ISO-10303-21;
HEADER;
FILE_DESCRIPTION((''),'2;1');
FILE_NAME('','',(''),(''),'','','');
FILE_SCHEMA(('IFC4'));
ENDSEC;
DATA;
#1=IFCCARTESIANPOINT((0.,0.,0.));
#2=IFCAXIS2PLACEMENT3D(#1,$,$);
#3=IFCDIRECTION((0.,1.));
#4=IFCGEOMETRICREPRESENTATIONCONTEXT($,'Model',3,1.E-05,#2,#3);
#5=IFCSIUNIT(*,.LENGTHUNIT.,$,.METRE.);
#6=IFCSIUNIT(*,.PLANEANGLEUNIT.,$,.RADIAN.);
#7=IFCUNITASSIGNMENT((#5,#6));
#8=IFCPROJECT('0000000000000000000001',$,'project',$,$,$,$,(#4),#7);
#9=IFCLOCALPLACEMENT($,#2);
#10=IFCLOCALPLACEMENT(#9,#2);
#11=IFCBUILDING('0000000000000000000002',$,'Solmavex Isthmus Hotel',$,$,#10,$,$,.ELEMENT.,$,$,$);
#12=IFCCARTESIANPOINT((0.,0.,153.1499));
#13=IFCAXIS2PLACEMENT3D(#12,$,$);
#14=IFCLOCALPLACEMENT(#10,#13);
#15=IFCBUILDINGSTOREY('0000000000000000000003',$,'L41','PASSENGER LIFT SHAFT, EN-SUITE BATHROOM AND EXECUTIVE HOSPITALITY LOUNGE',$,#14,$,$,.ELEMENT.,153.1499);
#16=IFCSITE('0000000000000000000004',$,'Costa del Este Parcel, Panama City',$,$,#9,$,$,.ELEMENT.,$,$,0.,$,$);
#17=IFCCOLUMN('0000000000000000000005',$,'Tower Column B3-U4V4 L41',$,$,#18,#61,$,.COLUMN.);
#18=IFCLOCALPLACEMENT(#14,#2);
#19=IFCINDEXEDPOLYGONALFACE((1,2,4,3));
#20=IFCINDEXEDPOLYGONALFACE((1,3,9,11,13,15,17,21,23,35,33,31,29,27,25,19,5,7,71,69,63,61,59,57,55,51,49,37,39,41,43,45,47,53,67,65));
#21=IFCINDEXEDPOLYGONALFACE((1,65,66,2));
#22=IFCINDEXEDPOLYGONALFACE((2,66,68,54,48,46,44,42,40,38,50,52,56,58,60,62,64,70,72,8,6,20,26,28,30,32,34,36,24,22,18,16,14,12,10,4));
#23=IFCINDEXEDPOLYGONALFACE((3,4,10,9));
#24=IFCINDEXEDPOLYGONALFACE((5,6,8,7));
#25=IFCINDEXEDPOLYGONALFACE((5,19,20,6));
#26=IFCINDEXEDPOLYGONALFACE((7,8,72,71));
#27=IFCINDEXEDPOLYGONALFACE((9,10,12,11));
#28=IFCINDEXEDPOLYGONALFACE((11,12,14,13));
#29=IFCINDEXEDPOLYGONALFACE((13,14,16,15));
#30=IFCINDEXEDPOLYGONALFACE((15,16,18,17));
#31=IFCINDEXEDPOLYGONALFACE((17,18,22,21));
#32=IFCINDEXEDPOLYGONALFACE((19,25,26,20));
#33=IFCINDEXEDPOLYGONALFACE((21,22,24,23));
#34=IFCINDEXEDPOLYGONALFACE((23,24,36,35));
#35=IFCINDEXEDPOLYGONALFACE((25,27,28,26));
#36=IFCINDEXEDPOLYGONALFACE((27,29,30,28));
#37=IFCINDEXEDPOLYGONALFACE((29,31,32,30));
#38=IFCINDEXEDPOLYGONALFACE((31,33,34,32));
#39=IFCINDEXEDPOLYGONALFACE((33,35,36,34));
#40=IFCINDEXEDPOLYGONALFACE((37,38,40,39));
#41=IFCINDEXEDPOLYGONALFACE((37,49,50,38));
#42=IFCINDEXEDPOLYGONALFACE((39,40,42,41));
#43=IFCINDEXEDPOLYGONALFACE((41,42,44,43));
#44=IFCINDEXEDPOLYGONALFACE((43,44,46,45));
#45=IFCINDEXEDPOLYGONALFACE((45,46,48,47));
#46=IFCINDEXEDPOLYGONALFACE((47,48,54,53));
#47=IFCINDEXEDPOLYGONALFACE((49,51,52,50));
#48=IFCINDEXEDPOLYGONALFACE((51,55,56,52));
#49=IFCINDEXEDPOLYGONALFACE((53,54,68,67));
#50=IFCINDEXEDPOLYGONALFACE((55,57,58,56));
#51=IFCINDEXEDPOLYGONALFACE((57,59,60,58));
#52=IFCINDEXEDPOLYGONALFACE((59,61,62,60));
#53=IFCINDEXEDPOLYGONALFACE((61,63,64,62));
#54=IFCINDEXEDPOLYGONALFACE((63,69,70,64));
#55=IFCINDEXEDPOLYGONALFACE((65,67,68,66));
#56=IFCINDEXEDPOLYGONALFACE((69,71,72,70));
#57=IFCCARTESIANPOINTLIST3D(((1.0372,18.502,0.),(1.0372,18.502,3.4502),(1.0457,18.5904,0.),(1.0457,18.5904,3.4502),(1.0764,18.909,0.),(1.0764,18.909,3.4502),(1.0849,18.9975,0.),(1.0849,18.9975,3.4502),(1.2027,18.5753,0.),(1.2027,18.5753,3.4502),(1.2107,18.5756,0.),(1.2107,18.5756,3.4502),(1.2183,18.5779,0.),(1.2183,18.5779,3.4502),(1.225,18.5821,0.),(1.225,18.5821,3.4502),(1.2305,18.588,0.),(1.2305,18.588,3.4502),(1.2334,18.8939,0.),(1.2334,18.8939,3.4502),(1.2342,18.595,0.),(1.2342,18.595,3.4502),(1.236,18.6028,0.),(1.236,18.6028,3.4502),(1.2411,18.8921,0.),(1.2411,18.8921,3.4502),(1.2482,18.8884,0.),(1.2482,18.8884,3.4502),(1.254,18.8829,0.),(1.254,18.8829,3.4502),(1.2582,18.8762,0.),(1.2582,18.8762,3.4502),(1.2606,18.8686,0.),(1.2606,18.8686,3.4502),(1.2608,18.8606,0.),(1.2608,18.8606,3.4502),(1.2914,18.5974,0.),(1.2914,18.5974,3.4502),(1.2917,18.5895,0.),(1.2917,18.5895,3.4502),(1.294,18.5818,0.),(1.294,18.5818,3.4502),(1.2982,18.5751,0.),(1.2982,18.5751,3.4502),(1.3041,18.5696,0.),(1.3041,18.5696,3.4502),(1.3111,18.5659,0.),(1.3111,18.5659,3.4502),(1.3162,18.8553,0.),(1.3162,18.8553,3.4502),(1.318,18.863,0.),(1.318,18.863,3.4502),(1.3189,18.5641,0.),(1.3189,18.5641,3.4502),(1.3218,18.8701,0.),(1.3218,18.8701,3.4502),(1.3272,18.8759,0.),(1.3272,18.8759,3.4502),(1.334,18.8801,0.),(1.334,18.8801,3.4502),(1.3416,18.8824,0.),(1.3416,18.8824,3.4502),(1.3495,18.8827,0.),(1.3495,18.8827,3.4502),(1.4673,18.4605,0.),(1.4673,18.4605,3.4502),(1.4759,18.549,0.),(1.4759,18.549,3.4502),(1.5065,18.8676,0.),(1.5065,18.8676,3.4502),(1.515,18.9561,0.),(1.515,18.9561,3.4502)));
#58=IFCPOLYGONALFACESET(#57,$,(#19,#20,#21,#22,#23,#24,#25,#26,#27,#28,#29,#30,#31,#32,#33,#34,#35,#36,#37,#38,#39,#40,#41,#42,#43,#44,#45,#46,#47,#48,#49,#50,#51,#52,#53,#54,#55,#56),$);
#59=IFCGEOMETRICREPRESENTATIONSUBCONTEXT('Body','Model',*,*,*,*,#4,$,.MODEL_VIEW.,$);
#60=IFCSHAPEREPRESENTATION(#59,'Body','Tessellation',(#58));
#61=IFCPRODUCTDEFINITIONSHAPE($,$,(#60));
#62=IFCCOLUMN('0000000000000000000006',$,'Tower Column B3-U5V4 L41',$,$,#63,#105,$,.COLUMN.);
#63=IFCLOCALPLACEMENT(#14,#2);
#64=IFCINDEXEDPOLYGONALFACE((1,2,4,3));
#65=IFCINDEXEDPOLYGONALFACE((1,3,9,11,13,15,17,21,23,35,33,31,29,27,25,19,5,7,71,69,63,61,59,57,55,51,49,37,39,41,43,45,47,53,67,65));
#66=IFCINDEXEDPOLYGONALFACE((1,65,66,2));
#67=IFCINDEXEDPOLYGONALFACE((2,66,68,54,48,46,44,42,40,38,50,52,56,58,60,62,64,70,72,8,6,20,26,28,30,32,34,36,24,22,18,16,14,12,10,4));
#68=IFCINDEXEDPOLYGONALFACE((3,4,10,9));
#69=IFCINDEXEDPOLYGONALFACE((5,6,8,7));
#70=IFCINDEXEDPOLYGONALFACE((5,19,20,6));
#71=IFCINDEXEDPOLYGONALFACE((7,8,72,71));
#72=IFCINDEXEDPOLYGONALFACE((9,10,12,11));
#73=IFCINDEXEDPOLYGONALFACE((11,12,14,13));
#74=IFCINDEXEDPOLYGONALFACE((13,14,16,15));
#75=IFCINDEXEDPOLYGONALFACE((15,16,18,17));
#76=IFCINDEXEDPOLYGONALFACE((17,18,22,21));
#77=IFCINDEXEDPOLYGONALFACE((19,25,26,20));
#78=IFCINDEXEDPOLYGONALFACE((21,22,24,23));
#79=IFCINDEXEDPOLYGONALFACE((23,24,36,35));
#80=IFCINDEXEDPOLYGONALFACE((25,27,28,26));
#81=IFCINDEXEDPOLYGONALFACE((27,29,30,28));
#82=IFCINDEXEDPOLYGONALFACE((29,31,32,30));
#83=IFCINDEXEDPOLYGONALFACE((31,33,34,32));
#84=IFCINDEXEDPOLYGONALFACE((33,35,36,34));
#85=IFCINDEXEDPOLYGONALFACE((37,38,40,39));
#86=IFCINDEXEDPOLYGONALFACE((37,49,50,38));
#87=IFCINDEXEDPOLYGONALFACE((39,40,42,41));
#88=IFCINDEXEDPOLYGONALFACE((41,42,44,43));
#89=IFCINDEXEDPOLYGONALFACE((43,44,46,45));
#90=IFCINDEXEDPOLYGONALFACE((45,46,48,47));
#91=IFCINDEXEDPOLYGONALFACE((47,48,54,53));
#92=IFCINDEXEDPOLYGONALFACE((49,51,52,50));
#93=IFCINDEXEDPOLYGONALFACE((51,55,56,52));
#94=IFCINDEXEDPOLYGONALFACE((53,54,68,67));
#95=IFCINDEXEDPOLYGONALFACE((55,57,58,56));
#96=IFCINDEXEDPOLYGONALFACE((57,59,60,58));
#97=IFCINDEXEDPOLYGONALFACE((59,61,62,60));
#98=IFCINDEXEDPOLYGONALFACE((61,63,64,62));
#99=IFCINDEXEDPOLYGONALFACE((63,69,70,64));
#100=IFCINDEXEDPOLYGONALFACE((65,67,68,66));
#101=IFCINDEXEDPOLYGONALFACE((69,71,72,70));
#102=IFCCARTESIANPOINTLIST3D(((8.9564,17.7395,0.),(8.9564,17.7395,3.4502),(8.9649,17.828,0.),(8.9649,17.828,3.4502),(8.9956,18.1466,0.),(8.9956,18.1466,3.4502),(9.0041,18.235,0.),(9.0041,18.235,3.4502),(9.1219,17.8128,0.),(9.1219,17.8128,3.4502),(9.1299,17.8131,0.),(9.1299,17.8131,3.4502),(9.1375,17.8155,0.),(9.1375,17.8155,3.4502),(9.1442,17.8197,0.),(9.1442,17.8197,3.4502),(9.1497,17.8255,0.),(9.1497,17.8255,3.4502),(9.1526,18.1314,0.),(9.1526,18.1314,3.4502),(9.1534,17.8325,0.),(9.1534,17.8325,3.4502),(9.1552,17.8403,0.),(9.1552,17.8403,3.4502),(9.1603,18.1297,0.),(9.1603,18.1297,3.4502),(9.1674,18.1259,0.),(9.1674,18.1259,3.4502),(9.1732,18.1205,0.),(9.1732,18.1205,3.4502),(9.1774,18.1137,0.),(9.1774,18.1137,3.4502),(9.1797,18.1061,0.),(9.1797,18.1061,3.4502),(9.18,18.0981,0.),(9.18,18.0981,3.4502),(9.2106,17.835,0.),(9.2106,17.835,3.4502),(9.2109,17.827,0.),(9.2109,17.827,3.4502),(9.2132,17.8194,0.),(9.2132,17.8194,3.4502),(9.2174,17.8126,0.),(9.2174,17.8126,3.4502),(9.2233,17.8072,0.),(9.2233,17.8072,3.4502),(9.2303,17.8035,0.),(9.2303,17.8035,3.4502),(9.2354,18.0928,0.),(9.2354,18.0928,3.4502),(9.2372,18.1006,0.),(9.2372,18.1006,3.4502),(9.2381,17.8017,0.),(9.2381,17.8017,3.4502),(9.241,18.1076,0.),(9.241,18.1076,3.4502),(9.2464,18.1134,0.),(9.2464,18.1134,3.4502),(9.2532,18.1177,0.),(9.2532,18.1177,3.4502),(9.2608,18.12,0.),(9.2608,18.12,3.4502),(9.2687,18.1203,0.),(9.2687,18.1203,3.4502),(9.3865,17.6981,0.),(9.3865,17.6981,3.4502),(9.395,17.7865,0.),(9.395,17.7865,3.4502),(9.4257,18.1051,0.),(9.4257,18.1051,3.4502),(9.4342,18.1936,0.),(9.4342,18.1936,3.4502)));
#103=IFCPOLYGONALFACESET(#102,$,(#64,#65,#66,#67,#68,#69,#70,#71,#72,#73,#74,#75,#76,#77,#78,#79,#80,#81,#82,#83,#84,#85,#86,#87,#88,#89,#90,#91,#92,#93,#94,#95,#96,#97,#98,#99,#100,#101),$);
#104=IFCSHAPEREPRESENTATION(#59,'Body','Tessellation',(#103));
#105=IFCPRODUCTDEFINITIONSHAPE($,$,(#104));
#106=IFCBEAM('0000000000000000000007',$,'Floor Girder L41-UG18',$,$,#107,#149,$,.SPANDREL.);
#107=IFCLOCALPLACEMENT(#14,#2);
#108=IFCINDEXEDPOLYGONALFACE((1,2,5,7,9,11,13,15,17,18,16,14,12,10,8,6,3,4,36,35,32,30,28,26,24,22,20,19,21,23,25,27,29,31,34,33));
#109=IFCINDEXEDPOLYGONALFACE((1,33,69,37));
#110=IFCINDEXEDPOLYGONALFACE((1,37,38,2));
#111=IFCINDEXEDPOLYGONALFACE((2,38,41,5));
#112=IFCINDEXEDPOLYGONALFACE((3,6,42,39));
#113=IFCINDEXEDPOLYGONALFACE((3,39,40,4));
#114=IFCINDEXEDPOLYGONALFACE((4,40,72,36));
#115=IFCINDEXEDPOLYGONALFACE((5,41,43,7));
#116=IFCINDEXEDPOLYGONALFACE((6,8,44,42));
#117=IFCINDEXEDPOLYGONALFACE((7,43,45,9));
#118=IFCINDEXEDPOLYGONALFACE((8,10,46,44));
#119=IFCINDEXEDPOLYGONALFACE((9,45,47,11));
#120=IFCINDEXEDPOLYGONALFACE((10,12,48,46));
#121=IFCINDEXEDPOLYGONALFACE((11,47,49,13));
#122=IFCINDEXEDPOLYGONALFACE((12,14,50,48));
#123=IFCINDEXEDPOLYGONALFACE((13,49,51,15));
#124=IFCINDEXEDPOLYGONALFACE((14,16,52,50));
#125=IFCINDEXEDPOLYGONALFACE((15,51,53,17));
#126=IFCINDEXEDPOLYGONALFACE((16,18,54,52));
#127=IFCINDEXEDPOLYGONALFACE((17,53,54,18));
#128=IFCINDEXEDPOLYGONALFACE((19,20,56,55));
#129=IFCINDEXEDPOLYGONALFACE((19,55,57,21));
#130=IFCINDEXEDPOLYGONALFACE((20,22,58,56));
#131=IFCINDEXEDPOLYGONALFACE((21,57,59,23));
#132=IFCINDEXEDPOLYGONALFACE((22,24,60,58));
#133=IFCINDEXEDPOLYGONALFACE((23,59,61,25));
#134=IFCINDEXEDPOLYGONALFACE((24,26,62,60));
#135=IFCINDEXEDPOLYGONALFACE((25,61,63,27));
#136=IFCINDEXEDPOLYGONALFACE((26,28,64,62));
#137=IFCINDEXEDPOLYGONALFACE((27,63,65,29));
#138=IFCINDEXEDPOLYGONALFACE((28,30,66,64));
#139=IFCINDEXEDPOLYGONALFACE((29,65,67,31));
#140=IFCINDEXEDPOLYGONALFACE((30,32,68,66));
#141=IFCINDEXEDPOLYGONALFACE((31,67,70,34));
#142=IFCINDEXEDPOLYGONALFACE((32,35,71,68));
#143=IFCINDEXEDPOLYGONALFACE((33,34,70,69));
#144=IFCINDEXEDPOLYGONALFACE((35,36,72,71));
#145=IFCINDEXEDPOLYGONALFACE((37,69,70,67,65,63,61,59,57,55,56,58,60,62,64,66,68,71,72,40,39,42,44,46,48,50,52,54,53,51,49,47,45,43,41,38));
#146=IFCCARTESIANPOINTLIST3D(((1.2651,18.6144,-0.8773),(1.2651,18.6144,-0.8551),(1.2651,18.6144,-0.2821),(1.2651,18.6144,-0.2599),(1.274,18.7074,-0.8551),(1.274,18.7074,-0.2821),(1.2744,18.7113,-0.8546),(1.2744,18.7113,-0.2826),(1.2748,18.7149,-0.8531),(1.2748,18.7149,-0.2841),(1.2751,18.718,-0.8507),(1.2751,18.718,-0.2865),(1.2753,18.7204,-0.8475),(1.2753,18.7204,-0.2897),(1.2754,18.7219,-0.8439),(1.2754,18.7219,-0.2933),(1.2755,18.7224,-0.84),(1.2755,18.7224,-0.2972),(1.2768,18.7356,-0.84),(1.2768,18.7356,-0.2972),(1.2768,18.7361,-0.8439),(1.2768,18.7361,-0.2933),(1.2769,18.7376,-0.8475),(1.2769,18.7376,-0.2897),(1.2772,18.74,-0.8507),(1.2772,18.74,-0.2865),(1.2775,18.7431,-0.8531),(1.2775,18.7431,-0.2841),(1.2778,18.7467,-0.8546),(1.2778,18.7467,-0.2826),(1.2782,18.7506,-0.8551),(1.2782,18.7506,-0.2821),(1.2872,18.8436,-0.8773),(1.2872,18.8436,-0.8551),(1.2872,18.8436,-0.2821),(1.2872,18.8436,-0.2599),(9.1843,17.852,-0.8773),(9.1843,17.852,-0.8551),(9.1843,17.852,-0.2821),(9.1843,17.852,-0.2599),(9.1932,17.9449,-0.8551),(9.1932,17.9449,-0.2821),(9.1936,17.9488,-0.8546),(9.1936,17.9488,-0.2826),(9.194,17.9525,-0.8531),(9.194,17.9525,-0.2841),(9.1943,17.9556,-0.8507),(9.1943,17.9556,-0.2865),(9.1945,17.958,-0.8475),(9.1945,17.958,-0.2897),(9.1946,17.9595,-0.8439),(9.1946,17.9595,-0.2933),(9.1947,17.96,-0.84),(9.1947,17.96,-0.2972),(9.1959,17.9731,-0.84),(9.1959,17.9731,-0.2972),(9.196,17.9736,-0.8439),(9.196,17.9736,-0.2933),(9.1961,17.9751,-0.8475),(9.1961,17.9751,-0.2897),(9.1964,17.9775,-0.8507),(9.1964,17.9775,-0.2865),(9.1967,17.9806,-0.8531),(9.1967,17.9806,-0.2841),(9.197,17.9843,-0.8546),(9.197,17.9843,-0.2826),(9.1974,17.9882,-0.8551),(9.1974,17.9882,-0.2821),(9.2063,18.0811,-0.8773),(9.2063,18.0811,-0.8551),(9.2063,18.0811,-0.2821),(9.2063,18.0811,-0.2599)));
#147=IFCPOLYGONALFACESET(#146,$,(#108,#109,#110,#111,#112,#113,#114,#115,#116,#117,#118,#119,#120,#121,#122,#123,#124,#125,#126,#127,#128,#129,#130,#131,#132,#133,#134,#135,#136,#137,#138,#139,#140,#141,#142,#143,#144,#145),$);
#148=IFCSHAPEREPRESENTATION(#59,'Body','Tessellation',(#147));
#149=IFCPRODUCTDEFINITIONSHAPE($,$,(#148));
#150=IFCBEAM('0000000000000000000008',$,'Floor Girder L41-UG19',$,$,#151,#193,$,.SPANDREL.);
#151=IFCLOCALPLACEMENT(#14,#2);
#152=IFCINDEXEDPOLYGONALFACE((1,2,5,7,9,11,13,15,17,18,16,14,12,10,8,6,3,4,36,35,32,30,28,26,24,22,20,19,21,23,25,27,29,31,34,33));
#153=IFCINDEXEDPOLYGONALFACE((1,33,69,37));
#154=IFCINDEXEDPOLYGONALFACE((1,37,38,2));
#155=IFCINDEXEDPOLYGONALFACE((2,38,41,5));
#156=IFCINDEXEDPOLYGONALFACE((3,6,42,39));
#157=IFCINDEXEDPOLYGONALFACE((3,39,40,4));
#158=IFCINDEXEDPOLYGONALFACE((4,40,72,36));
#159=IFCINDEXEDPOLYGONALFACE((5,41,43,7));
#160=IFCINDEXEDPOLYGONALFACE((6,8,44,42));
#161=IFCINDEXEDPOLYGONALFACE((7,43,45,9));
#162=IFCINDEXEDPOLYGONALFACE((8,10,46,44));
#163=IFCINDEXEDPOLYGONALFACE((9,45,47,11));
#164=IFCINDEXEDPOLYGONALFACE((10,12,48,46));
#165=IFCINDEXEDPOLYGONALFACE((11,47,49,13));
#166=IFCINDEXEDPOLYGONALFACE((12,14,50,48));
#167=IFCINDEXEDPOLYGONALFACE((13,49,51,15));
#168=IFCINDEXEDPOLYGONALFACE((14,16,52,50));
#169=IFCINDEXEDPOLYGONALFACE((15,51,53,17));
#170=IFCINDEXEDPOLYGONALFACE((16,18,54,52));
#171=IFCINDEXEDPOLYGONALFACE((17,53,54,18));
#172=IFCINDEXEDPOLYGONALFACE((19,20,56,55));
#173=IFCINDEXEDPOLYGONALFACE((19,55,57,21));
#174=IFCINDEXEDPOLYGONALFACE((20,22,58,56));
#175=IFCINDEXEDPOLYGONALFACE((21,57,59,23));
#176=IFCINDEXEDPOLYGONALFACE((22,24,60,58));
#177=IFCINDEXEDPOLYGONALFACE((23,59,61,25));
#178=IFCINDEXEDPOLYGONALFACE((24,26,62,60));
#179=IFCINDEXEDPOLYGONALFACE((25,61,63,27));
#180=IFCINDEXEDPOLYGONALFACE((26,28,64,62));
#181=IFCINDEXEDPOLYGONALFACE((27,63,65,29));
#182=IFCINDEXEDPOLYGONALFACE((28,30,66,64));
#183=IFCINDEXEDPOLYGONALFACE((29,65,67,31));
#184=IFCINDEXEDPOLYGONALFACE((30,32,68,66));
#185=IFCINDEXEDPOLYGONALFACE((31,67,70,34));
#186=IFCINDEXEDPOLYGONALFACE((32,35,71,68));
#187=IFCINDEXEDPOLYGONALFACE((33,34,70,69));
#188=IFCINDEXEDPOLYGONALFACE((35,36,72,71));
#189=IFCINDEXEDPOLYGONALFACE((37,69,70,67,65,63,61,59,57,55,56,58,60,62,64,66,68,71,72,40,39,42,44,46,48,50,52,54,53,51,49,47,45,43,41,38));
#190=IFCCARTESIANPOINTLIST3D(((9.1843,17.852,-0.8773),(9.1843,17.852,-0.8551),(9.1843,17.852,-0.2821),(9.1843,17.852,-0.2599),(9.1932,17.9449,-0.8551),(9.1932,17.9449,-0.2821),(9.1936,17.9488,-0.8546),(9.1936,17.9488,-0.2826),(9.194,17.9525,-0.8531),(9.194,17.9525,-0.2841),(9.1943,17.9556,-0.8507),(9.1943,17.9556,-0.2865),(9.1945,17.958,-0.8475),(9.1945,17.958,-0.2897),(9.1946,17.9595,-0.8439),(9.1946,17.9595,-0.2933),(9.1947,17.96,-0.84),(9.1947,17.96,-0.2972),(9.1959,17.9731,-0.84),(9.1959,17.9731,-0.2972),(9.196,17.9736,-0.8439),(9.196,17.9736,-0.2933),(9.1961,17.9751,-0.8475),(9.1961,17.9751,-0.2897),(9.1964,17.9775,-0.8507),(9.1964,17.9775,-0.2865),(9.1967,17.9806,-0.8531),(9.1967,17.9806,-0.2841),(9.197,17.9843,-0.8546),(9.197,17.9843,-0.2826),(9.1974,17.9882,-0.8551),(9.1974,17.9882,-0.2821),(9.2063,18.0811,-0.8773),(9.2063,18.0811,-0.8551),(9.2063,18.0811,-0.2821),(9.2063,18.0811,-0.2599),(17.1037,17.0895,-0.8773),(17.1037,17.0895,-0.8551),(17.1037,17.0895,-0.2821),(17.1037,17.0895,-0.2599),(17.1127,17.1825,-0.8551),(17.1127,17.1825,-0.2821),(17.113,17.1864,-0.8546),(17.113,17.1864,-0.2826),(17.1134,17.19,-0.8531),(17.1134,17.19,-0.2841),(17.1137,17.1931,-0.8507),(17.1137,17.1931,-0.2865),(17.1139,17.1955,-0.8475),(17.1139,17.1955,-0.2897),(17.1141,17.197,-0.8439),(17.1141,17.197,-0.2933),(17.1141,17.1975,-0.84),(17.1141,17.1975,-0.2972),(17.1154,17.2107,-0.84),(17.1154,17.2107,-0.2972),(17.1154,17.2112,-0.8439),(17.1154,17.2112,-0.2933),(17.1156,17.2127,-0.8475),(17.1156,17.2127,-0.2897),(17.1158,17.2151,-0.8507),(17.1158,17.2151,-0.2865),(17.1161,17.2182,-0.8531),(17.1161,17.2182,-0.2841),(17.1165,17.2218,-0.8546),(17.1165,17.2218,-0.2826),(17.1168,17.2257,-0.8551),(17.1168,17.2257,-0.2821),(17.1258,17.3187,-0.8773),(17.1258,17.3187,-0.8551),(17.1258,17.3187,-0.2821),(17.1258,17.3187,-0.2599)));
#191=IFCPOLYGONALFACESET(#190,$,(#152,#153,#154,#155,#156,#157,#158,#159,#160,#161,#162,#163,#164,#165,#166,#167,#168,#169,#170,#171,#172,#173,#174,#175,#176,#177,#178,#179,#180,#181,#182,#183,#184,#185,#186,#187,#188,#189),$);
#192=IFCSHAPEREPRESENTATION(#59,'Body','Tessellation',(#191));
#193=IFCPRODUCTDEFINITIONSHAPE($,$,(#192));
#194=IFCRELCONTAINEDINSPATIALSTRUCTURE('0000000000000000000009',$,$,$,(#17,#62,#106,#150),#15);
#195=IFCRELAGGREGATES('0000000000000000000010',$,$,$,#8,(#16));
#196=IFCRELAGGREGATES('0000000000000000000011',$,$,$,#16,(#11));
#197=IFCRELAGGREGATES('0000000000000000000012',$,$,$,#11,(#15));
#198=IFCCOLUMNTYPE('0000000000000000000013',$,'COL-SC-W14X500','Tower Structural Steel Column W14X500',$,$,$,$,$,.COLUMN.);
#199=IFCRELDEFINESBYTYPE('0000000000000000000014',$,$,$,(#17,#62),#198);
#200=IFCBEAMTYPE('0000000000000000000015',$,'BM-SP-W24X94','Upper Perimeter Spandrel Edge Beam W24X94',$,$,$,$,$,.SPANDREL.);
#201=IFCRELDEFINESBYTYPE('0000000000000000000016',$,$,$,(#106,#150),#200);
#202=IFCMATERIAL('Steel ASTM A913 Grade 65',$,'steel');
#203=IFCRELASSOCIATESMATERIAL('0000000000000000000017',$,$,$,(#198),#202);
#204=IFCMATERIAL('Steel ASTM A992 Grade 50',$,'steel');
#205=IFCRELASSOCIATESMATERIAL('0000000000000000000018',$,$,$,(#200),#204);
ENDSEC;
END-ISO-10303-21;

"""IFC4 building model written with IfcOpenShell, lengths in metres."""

from ifc_helpers import new_model, si_unit, direction, frame, origin, origin_2d, place, context, subcontext, project, spatial, i_section, extrude, material, material_profile, profile_set, type_object, element, save


model = new_model("IFC4")

# Units and contexts
model_context = context("Model", 3, precision=1e-05, world=origin(), true_north=direction((0.0, 1.0)))
body_context = subcontext(model_context, "Body", "Model", "MODEL_VIEW")
ifc_project = project(units=[si_unit("LENGTHUNIT", "METRE"), si_unit("PLANEANGLEUNIT", "RADIAN")], contexts=[model_context])

# Site, building, storey
site_placement = place(None, origin())
site = spatial("IfcSite", under=ifc_project, at=site_placement, Name="Costa del Este Parcel, Panama City", CompositionType="ELEMENT", RefElevation=0.0)
building_placement = place(site_placement, origin())
building = spatial("IfcBuilding", under=site, at=building_placement, Name="Solmavex Isthmus Hotel", CompositionType="ELEMENT")
storey_placement = place(building_placement, frame((0.0, 0.0, 153.1499)))
storey = spatial("IfcBuildingStorey", under=building, at=storey_placement, Name="L41", Description="PASSENGER LIFT SHAFT, EN-SUITE BATHROOM AND EXECUTIVE HOSPITALITY LOUNGE", CompositionType="ELEMENT", Elevation=153.1499)

# Columns
ifc_material_1 = material(Name="Steel ASTM A913 Grade 65", Category="steel")
ifc_material_profile_1 = material_profile(ifc_material_1, i_section(OverallWidth=0.4321, OverallDepth=0.4978, WebThickness=0.0557, FlangeThickness=0.0889, FilletRadius=0.0305, at=origin_2d()), Name="W14X500")
ifc_profile_set_1 = profile_set([ifc_material_profile_1], Name="Steel ASTM A913 Grade 65")
column_type = type_object("IfcColumnType", Name="COL-SC-W14X500", Description="Tower Structural Steel Column W14X500", PredefinedType="COLUMN", material=ifc_profile_set_1)
for number, where, z_axis, x_axis, name in (
    (1, (1.2761, 18.729, 0.0), (0.0, 0.0, 1.0), (0.995396, -0.095846, 0.0), "Tower Column B3-U4V4 L41"),
    (2, (9.1953, 17.9666, 0.0), (0.0, 0.0, 1.0), (0.995396, -0.095846, 0.0), "Tower Column B3-U5V4 L41"),
):
    element("IfcColumn", number, at=place(storey_placement, frame(where, z_axis=z_axis, x_axis=x_axis)), inside=storey, type_object=column_type, Name=name, PredefinedType="COLUMN", context=body_context, shape_type="SweptSolid", body=[
        extrude(i_section(OverallWidth=0.4321, OverallDepth=0.4978, WebThickness=0.0557, FlangeThickness=0.0889, FilletRadius=0.0305, at=origin_2d()), origin(), (0.0, 0.0, 1.0), 3.4502),
    ])

# Beams
ifc_material_2 = material(Name="Steel ASTM A992 Grade 50", Category="steel")
ifc_material_profile_2 = material_profile(ifc_material_2, i_section(OverallWidth=0.2302, OverallDepth=0.6174, WebThickness=0.0132, FlangeThickness=0.0222, FilletRadius=0.0151, at=origin_2d()), Name="W24X94")
ifc_profile_set_2 = profile_set([ifc_material_profile_2], Name="Steel ASTM A992 Grade 50")
beam_type = type_object("IfcBeamType", Name="BM-SP-W24X94", Description="Upper Perimeter Spandrel Edge Beam W24X94", PredefinedType="SPANDREL", material=ifc_profile_set_2)
beam_1_placement = place(storey_placement, frame((1.2761, 18.729, -0.5686), z_axis=(0.995397, -0.095836, 0.0), x_axis=(0.095836, 0.995397, 0.0)))
element("IfcBeam", 3, at=beam_1_placement, inside=storey, type_object=beam_type, Name="Floor Girder L41-UG18", PredefinedType="SPANDREL", context=body_context, shape_type="SweptSolid", body=[
    extrude(i_section(OverallWidth=0.2302, OverallDepth=0.6174, WebThickness=0.0132, FlangeThickness=0.0222, FilletRadius=0.0151, at=origin_2d()), origin(), (0.0, 0.0, 1.0), 7.9558),
])
beam_2_placement = place(storey_placement, frame((9.1953, 17.9666, -0.5686), z_axis=(0.995397, -0.095833, 0.0), x_axis=(0.095833, 0.995397, 0.0)))
element("IfcBeam", 4, at=beam_2_placement, inside=storey, type_object=beam_type, Name="Floor Girder L41-UG19", PredefinedType="SPANDREL", context=body_context, shape_type="SweptSolid", body=[
    extrude(i_section(OverallWidth=0.2302, OverallDepth=0.6174, WebThickness=0.0132, FlangeThickness=0.0222, FilletRadius=0.0151, at=origin_2d()), origin(), (0.0, 0.0, 1.0), 7.9561),
])

save(model, "model.ifc")
